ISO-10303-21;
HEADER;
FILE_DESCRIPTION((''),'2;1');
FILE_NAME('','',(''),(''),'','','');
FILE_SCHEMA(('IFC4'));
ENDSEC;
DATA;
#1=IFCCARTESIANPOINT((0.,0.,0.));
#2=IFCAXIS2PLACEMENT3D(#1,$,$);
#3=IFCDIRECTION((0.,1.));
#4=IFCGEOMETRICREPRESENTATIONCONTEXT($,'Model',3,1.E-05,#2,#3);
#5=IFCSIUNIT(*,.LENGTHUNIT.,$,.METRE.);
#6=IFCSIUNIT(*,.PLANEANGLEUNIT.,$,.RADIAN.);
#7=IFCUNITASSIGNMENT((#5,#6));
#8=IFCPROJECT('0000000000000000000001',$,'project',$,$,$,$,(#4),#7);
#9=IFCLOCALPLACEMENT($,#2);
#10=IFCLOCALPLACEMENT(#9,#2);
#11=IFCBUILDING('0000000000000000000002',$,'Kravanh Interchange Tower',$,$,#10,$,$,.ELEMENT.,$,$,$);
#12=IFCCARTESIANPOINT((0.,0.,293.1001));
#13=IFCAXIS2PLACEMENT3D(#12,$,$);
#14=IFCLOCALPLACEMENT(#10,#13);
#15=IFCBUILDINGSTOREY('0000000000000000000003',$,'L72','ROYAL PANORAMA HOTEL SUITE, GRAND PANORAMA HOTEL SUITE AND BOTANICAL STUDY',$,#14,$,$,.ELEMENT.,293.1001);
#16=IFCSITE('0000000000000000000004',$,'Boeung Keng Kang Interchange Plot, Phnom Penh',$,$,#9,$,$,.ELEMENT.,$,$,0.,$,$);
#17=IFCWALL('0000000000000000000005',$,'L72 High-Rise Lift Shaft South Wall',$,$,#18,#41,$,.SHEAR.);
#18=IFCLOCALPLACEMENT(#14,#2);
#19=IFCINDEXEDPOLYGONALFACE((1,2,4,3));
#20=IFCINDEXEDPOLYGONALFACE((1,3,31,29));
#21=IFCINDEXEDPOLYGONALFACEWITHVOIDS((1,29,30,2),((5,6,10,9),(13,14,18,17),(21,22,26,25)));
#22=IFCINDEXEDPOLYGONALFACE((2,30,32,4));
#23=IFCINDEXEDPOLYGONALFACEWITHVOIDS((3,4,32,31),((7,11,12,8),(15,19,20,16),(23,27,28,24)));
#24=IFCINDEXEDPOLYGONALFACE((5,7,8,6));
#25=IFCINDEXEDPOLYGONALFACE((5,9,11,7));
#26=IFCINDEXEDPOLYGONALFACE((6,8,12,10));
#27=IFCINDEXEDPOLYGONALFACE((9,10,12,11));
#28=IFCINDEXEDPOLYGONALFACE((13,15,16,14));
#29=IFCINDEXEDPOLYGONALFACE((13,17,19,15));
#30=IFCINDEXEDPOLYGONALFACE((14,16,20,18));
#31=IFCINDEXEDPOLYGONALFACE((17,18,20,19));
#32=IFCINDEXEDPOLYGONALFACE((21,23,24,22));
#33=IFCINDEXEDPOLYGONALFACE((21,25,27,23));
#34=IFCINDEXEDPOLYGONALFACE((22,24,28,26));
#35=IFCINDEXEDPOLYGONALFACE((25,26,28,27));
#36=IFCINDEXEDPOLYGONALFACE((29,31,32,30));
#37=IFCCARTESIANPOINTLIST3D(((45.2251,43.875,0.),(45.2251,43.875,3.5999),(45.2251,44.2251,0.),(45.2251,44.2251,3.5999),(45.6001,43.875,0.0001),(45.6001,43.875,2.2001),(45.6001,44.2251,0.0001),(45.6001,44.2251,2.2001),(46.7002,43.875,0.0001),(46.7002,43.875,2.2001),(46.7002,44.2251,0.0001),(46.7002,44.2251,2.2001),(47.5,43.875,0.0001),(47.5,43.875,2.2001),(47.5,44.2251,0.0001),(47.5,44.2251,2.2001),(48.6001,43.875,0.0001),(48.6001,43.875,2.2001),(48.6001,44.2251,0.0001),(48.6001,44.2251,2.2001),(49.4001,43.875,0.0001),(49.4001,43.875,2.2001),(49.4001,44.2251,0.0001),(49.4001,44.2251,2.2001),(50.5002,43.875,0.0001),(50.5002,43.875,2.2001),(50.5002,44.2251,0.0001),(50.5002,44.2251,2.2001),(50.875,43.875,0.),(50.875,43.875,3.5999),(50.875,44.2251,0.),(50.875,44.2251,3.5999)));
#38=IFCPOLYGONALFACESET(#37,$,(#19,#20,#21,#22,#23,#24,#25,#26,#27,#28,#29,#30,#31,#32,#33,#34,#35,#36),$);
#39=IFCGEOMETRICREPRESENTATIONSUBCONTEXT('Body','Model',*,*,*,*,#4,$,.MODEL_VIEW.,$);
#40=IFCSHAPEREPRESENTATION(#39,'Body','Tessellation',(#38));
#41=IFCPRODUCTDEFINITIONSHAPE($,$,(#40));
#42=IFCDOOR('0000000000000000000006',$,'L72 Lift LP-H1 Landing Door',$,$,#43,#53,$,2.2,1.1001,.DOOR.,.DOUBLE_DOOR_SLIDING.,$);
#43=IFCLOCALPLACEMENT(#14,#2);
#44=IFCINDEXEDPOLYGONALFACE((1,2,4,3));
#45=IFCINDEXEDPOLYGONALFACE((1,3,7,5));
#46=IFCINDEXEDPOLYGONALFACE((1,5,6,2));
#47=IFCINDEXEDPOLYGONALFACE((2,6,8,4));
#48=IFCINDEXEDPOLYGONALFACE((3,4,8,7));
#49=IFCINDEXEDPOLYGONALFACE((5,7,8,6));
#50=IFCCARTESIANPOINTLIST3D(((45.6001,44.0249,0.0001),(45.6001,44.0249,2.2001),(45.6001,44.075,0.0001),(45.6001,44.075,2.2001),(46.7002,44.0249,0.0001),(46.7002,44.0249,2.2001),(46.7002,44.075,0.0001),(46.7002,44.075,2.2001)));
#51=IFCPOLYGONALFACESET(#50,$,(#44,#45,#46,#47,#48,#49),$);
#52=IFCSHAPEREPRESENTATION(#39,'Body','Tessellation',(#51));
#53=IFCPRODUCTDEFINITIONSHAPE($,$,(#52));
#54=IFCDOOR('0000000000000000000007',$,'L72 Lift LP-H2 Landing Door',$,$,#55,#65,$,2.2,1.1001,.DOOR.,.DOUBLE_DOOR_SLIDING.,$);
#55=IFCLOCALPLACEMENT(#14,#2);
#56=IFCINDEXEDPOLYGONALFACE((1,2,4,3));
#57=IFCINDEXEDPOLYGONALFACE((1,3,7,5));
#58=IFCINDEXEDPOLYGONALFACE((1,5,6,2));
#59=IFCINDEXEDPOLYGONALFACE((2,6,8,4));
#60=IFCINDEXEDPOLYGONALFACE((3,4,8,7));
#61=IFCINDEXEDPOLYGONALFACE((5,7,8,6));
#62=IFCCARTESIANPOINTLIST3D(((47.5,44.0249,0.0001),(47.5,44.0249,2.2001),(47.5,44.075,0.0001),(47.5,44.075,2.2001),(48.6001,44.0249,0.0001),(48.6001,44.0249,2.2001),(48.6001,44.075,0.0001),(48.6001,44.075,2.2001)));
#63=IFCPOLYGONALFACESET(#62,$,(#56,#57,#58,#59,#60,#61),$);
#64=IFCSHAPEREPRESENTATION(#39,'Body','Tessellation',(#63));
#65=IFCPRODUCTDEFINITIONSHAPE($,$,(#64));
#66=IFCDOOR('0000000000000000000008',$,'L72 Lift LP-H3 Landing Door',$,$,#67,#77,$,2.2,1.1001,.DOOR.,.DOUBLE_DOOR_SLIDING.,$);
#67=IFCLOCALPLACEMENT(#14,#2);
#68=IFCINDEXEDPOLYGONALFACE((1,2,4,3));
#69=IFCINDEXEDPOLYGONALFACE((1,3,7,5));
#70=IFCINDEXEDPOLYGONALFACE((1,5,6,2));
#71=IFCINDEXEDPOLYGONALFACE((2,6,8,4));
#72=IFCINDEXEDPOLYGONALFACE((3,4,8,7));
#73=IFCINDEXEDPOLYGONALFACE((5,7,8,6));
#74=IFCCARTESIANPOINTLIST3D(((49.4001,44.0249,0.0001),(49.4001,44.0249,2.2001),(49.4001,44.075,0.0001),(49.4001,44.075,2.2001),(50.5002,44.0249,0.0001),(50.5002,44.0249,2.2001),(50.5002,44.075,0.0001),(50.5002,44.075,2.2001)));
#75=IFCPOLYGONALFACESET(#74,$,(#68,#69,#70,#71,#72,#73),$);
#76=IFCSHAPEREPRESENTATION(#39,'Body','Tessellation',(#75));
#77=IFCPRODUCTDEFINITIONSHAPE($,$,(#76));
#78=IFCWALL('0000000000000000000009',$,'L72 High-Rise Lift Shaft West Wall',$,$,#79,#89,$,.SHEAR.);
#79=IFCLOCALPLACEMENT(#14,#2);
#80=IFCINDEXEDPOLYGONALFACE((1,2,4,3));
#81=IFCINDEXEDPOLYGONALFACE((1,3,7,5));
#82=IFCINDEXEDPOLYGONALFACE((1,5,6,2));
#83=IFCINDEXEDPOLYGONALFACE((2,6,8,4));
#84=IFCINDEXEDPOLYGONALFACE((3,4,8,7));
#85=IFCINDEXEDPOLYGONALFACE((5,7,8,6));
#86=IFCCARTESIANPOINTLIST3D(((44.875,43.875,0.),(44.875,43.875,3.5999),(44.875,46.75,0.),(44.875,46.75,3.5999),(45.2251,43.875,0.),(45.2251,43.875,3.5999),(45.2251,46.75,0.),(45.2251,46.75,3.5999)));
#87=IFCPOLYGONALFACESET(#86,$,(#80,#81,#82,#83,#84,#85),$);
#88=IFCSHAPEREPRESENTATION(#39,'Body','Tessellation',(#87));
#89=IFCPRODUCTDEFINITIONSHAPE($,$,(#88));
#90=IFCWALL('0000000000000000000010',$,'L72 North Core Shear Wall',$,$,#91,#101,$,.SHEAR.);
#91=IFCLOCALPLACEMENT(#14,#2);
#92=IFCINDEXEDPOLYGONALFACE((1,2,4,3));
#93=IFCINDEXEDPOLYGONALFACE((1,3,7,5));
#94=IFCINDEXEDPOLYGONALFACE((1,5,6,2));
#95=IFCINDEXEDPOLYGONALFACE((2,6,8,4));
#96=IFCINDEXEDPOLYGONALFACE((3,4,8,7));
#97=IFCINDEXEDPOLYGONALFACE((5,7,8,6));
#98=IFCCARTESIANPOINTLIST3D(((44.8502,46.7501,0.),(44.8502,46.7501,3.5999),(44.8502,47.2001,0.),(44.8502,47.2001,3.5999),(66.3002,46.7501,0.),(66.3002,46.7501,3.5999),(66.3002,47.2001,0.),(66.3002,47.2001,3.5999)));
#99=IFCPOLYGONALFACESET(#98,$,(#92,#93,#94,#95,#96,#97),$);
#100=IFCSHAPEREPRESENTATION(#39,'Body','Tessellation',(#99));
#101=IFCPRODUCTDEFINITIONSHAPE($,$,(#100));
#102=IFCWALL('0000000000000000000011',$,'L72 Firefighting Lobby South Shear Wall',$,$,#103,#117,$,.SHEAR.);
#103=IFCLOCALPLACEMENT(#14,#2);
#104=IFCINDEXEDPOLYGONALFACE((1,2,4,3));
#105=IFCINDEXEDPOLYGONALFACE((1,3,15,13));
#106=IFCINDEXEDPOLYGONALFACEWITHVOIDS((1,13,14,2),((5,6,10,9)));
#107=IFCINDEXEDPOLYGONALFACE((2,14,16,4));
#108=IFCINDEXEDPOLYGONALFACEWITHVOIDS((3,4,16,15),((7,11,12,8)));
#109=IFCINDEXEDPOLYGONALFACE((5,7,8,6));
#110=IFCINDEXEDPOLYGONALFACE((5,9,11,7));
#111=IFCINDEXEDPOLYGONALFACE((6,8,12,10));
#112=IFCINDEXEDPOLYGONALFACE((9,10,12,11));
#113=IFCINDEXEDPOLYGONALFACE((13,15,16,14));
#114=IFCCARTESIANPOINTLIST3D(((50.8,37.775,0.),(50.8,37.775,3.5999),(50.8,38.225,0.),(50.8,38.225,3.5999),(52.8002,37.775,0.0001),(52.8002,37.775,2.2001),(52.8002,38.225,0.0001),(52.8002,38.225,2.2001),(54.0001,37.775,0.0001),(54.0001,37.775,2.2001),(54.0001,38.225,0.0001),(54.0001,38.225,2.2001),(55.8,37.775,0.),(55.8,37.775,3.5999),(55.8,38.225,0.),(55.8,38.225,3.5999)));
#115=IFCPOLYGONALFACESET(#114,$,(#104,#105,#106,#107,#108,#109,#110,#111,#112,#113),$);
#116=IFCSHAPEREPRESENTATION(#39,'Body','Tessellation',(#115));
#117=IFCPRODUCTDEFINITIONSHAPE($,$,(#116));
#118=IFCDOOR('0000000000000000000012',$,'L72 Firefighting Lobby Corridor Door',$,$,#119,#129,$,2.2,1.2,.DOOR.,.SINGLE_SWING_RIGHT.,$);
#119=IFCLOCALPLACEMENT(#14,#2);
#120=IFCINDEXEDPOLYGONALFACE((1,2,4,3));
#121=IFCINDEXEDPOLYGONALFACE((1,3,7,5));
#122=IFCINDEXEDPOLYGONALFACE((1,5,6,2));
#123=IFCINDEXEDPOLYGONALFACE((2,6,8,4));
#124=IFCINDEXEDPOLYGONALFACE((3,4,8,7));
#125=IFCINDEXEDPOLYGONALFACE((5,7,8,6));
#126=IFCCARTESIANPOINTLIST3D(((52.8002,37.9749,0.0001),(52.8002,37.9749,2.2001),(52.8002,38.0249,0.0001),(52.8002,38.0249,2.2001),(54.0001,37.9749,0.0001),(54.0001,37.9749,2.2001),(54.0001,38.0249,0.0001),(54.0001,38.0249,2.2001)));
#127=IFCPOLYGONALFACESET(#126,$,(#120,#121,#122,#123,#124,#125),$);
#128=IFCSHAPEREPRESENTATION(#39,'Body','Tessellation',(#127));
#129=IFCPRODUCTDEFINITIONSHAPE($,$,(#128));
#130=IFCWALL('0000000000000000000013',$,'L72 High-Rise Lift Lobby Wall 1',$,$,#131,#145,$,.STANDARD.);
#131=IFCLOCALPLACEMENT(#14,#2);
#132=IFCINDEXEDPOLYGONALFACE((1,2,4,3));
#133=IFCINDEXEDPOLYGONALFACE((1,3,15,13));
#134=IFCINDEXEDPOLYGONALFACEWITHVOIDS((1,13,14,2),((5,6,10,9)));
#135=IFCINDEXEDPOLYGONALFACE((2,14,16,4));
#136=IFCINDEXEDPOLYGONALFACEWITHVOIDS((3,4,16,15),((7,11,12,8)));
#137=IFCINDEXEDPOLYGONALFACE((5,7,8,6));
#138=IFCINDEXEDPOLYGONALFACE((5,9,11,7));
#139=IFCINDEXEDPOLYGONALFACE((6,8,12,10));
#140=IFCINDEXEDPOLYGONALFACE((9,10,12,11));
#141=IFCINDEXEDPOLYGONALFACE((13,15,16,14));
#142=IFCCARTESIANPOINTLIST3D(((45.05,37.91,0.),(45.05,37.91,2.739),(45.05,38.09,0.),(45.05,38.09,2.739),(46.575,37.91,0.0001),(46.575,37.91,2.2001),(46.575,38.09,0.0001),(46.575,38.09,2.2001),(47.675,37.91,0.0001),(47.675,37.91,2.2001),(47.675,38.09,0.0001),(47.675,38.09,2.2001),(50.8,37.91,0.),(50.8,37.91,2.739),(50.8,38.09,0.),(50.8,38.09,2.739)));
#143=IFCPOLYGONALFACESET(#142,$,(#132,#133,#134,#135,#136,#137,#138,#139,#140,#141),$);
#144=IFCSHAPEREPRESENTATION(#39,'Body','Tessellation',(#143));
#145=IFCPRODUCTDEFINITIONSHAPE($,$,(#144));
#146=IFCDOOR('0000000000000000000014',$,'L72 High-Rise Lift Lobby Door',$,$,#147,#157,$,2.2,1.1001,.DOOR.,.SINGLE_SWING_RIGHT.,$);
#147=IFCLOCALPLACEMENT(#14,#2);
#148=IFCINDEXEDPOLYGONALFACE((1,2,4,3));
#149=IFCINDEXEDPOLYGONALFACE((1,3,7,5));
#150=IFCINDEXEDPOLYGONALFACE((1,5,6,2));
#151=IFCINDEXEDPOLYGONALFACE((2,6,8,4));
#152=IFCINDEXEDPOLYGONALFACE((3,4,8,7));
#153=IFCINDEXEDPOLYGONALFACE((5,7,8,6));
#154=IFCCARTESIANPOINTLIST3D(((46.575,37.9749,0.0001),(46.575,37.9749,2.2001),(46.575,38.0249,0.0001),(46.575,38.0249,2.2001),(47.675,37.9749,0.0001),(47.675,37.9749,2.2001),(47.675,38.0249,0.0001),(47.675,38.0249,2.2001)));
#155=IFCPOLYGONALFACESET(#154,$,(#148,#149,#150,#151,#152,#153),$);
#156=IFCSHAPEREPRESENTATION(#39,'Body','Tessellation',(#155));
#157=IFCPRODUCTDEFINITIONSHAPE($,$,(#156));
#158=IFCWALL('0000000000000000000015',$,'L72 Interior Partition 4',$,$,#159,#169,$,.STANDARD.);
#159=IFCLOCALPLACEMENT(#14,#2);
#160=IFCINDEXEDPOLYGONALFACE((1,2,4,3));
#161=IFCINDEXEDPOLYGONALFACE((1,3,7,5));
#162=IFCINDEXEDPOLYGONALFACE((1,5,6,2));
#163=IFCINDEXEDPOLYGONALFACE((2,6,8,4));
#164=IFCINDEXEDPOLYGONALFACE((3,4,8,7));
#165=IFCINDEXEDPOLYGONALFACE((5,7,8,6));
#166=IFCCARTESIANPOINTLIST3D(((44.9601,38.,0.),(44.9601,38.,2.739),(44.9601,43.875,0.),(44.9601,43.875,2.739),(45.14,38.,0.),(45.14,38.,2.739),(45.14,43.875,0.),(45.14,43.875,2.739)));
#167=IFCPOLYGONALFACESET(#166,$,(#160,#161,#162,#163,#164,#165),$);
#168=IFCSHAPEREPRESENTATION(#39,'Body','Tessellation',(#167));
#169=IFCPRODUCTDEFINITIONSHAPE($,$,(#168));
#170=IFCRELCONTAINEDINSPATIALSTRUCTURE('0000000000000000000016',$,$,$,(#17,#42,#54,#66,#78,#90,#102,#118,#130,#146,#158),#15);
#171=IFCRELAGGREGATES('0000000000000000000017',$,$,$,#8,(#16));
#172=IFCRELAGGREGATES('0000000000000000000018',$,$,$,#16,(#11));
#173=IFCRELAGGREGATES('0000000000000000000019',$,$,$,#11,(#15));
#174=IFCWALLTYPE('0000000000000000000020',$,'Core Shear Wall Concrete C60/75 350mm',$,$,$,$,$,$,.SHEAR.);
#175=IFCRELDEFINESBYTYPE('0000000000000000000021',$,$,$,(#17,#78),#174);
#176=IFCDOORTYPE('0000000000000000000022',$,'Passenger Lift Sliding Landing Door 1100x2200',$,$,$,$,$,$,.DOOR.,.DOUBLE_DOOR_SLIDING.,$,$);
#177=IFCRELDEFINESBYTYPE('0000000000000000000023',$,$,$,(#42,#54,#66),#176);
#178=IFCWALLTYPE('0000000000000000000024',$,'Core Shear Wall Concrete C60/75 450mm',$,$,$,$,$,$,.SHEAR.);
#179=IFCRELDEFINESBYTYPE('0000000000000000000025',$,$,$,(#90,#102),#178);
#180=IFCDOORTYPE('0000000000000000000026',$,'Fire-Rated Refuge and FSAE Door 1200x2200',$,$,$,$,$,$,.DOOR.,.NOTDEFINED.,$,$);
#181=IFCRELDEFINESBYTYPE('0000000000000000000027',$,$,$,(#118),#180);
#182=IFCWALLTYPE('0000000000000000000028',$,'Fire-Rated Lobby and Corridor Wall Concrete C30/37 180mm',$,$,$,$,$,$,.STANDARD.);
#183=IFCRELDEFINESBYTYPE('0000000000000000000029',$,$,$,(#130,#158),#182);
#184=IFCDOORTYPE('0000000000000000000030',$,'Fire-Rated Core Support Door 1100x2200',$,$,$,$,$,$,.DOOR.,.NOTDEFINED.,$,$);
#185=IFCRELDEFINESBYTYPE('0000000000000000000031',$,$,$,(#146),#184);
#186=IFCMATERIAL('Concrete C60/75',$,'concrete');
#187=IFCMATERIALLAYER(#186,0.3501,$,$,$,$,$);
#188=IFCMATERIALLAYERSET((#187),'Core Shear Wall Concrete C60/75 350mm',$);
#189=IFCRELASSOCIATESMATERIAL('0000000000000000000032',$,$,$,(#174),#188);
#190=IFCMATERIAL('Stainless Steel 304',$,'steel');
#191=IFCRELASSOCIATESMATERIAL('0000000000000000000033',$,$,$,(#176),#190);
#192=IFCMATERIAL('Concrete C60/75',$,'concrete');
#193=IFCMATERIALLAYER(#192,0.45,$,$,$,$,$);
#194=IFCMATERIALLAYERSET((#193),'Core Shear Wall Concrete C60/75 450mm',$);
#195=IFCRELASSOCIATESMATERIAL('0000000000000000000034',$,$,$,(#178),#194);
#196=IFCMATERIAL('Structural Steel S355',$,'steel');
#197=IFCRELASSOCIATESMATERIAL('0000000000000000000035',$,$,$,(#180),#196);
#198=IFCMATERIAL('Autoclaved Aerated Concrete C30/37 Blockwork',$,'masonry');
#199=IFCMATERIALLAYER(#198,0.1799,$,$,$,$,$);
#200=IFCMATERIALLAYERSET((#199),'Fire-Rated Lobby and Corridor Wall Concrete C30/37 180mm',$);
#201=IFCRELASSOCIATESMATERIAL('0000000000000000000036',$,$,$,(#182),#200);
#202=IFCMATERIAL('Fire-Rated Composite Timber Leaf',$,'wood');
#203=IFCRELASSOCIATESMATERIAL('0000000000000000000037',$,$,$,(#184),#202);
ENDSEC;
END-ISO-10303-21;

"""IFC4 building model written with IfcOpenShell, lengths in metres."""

from ifc_helpers import new_model, si_unit, direction, frame, frame_2d, origin, place, context, subcontext, project, spatial, rectangle, extrude, material, layer, layer_set, type_object, element, fill, save


model = new_model("IFC4")

# Units and contexts
model_context = context("Model", 3, precision=1e-05, world=origin(), true_north=direction((0.0, 1.0)))
body_context = subcontext(model_context, "Body", "Model", "MODEL_VIEW")
ifc_project = project(units=[si_unit("LENGTHUNIT", "METRE"), si_unit("PLANEANGLEUNIT", "RADIAN")], contexts=[model_context])

# Site, building, storey
site_placement = place(None, origin())
site = spatial("IfcSite", under=ifc_project, at=site_placement, Name="Boeung Keng Kang Interchange Plot, Phnom Penh", CompositionType="ELEMENT", RefElevation=0.0)
building_placement = place(site_placement, origin())
building = spatial("IfcBuilding", under=site, at=building_placement, Name="Kravanh Interchange Tower", CompositionType="ELEMENT")
storey_placement = place(building_placement, frame((0.0, 0.0, 293.1001)))
storey = spatial("IfcBuildingStorey", under=building, at=storey_placement, Name="L72", Description="ROYAL PANORAMA HOTEL SUITE, GRAND PANORAMA HOTEL SUITE AND BOTANICAL STUDY", CompositionType="ELEMENT", Elevation=293.1001)

# Wall, openings, doors
ifc_material_1 = material(Name="Concrete C60/75", Category="concrete")
ifc_layer_1 = layer(ifc_material_1, 0.3501)
ifc_layer_set_1 = layer_set([ifc_layer_1], Name="Core Shear Wall Concrete C60/75 350mm")
wall_type_1 = type_object("IfcWallType", Name="Core Shear Wall Concrete C60/75 350mm", PredefinedType="SHEAR", material=ifc_layer_set_1)
wall_1_placement = place(storey_placement, frame((45.2251, 44.05, 0.0), z_axis=(0.0, 0.0, 1.0), x_axis=(1.0, 0.0, 0.0)))
wall_1 = element("IfcWall", 1, at=wall_1_placement, inside=storey, type_object=wall_type_1, Name="L72 High-Rise Lift Shaft South Wall", PredefinedType="SHEAR", context=body_context, shape_type="SweptSolid", body=[
    extrude(rectangle(XDim=5.6499, YDim=0.3501, at=frame_2d((2.825, 0.0))), origin(), (0.0, 0.0, 1.0), 3.5999),
])
opening_1_placement = place(wall_1_placement, frame((0.375, 0.0, 0.0)))
opening_1 = element("IfcOpeningElement", 2, at=opening_1_placement, cuts=wall_1, PredefinedType="OPENING", context=body_context, shape_type="SweptSolid", body=[
    extrude(rectangle(XDim=1.1001, YDim=2.2, at=frame_2d((0.55, 1.1001))), frame((0.0, 0.1851, 0.0), z_axis=(0.0, -1.0, 0.0), x_axis=(1.0, 0.0, 0.0)), (0.0, 0.0, 1.0), 0.3701),
])
opening_2_placement = place(wall_1_placement, frame((2.2749, 0.0, 0.0)))
opening_2 = element("IfcOpeningElement", 3, at=opening_2_placement, cuts=wall_1, PredefinedType="OPENING", context=body_context, shape_type="SweptSolid", body=[
    extrude(rectangle(XDim=1.1001, YDim=2.2, at=frame_2d((0.55, 1.1001))), frame((0.0, 0.1851, 0.0), z_axis=(0.0, -1.0, 0.0), x_axis=(1.0, 0.0, 0.0)), (0.0, 0.0, 1.0), 0.3701),
])
opening_3_placement = place(wall_1_placement, frame((4.175, 0.0, 0.0)))
opening_3 = element("IfcOpeningElement", 4, at=opening_3_placement, cuts=wall_1, PredefinedType="OPENING", context=body_context, shape_type="SweptSolid", body=[
    extrude(rectangle(XDim=1.1001, YDim=2.2, at=frame_2d((0.55, 1.1001))), frame((0.0, 0.1851, 0.0), z_axis=(0.0, -1.0, 0.0), x_axis=(1.0, 0.0, 0.0)), (0.0, 0.0, 1.0), 0.3701),
])
ifc_material_2 = material(Name="Stainless Steel 304", Category="steel")
door_type_1 = type_object("IfcDoorType", Name="Passenger Lift Sliding Landing Door 1100x2200", OperationType="DOUBLE_DOOR_SLIDING", PredefinedType="DOOR", material=ifc_material_2)
door_1_placement = place(opening_1_placement, origin())
door_1 = element("IfcDoor", 5, at=door_1_placement, inside=storey, type_object=door_type_1, Name="L72 Lift LP-H1 Landing Door", OperationType="DOUBLE_DOOR_SLIDING", OverallHeight=2.2, OverallWidth=1.1001, PredefinedType="DOOR", context=body_context, shape_type="SweptSolid", body=[
    extrude(rectangle(XDim=1.1001, YDim=2.2, at=frame_2d((0.55, 1.1001))), frame((0.0, 0.0249, 0.0), z_axis=(0.0, -1.0, 0.0), x_axis=(1.0, 0.0, 0.0)), (0.0, 0.0, 1.0), 0.05),
])
fill(opening_1, door_1)
door_2_placement = place(opening_2_placement, origin())
door_2 = element("IfcDoor", 6, at=door_2_placement, inside=storey, type_object=door_type_1, Name="L72 Lift LP-H2 Landing Door", OperationType="DOUBLE_DOOR_SLIDING", OverallHeight=2.2, OverallWidth=1.1001, PredefinedType="DOOR", context=body_context, shape_type="SweptSolid", body=[
    extrude(rectangle(XDim=1.1001, YDim=2.2, at=frame_2d((0.55, 1.1001))), frame((0.0, 0.0249, 0.0), z_axis=(0.0, -1.0, 0.0), x_axis=(1.0, 0.0, 0.0)), (0.0, 0.0, 1.0), 0.05),
])
fill(opening_2, door_2)
door_3_placement = place(opening_3_placement, origin())
door_3 = element("IfcDoor", 7, at=door_3_placement, inside=storey, type_object=door_type_1, Name="L72 Lift LP-H3 Landing Door", OperationType="DOUBLE_DOOR_SLIDING", OverallHeight=2.2, OverallWidth=1.1001, PredefinedType="DOOR", context=body_context, shape_type="SweptSolid", body=[
    extrude(rectangle(XDim=1.1001, YDim=2.2, at=frame_2d((0.55, 1.1001))), frame((0.0, 0.0249, 0.0), z_axis=(0.0, -1.0, 0.0), x_axis=(1.0, 0.0, 0.0)), (0.0, 0.0, 1.0), 0.05),
])
fill(opening_3, door_3)

# Walls
wall_2_placement = place(storey_placement, frame((45.05, 43.875, 0.0), z_axis=(0.0, 0.0, 1.0), x_axis=(0.0, 1.0, 0.0)))
element("IfcWall", 8, at=wall_2_placement, inside=storey, type_object=wall_type_1, Name="L72 High-Rise Lift Shaft West Wall", PredefinedType="SHEAR", context=body_context, shape_type="SweptSolid", body=[
    extrude(rectangle(XDim=2.875, YDim=0.3501, at=frame_2d((1.4375, 0.0))), origin(), (0.0, 0.0, 1.0), 3.5999),
])
ifc_material_3 = material(Name="Concrete C60/75", Category="concrete")
ifc_layer_2 = layer(ifc_material_3, 0.45)
ifc_layer_set_2 = layer_set([ifc_layer_2], Name="Core Shear Wall Concrete C60/75 450mm")
wall_type_2 = type_object("IfcWallType", Name="Core Shear Wall Concrete C60/75 450mm", PredefinedType="SHEAR", material=ifc_layer_set_2)
wall_3_placement = place(storey_placement, frame((44.8501, 46.9751, 0.0), z_axis=(0.0, 0.0, 1.0), x_axis=(1.0, 0.0, 0.0)))
element("IfcWall", 9, at=wall_3_placement, inside=storey, type_object=wall_type_2, Name="L72 North Core Shear Wall", PredefinedType="SHEAR", context=body_context, shape_type="SweptSolid", body=[
    extrude(rectangle(XDim=21.45, YDim=0.45, at=frame_2d((10.7251, 0.0))), origin(), (0.0, 0.0, 1.0), 3.5999),
])

# Walls, openings, doors
wall_4_placement = place(storey_placement, frame((50.8, 38.0, 0.0), z_axis=(0.0, 0.0, 1.0), x_axis=(1.0, 0.0, 0.0)))
wall_4 = element("IfcWall", 10, at=wall_4_placement, inside=storey, type_object=wall_type_2, Name="L72 Firefighting Lobby South Shear Wall", PredefinedType="SHEAR", context=body_context, shape_type="SweptSolid", body=[
    extrude(rectangle(XDim=5.0, YDim=0.45, at=frame_2d((2.5, 0.0))), origin(), (0.0, 0.0, 1.0), 3.5999),
])
opening_4_placement = place(wall_4_placement, frame((2.0, 0.0, 0.0)))
opening_4 = element("IfcOpeningElement", 11, at=opening_4_placement, cuts=wall_4, PredefinedType="OPENING", context=body_context, shape_type="SweptSolid", body=[
    extrude(rectangle(XDim=1.2, YDim=2.2, at=frame_2d((0.6001, 1.1001))), frame((0.0, 0.2349, 0.0), z_axis=(0.0, -1.0, 0.0), x_axis=(1.0, 0.0, 0.0)), (0.0, 0.0, 1.0), 0.47),
])
ifc_material_4 = material(Name="Structural Steel S355", Category="steel")
door_type_2 = type_object("IfcDoorType", Name="Fire-Rated Refuge and FSAE Door 1200x2200", OperationType="NOTDEFINED", PredefinedType="DOOR", material=ifc_material_4)
door_4_placement = place(opening_4_placement, origin())
door_4 = element("IfcDoor", 12, at=door_4_placement, inside=storey, type_object=door_type_2, Name="L72 Firefighting Lobby Corridor Door", OperationType="SINGLE_SWING_RIGHT", OverallHeight=2.2, OverallWidth=1.2, PredefinedType="DOOR", context=body_context, shape_type="SweptSolid", body=[
    extrude(rectangle(XDim=1.2, YDim=2.2, at=frame_2d((0.6001, 1.1001))), frame((0.0, 0.0249, 0.0), z_axis=(0.0, -1.0, 0.0), x_axis=(1.0, 0.0, 0.0)), (0.0, 0.0, 1.0), 0.05),
])
fill(opening_4, door_4)
ifc_material_5 = material(Name="Autoclaved Aerated Concrete C30/37 Blockwork", Category="masonry")
ifc_layer_3 = layer(ifc_material_5, 0.1799)
ifc_layer_set_3 = layer_set([ifc_layer_3], Name="Fire-Rated Lobby and Corridor Wall Concrete C30/37 180mm")
wall_type_3 = type_object("IfcWallType", Name="Fire-Rated Lobby and Corridor Wall Concrete C30/37 180mm", PredefinedType="STANDARD", material=ifc_layer_set_3)
wall_5_placement = place(storey_placement, frame((45.05, 38.0, 0.0), z_axis=(0.0, 0.0, 1.0), x_axis=(1.0, 0.0, 0.0)))
wall_5 = element("IfcWall", 13, at=wall_5_placement, inside=storey, type_object=wall_type_3, Name="L72 High-Rise Lift Lobby Wall 1", PredefinedType="STANDARD", context=body_context, shape_type="SweptSolid", body=[
    extrude(rectangle(XDim=5.75, YDim=0.1799, at=frame_2d((2.875, 0.0))), origin(), (0.0, 0.0, 1.0), 2.739),
])
opening_5_placement = place(wall_5_placement, frame((1.5249, 0.0, 0.0)))
opening_5 = element("IfcOpeningElement", 14, at=opening_5_placement, cuts=wall_5, PredefinedType="OPENING", context=body_context, shape_type="SweptSolid", body=[
    extrude(rectangle(XDim=1.1001, YDim=2.2, at=frame_2d((0.55, 1.1001))), frame((0.0, 0.1001, 0.0), z_axis=(0.0, -1.0, 0.0), x_axis=(1.0, 0.0, 0.0)), (0.0, 0.0, 1.0), 0.2),
])
ifc_material_6 = material(Name="Fire-Rated Composite Timber Leaf", Category="wood")
door_type_3 = type_object("IfcDoorType", Name="Fire-Rated Core Support Door 1100x2200", OperationType="NOTDEFINED", PredefinedType="DOOR", material=ifc_material_6)
door_5_placement = place(opening_5_placement, origin())
door_5 = element("IfcDoor", 15, at=door_5_placement, inside=storey, type_object=door_type_3, Name="L72 High-Rise Lift Lobby Door", OperationType="SINGLE_SWING_RIGHT", OverallHeight=2.2, OverallWidth=1.1001, PredefinedType="DOOR", context=body_context, shape_type="SweptSolid", body=[
    extrude(rectangle(XDim=1.1001, YDim=2.2, at=frame_2d((0.55, 1.1001))), frame((0.0, 0.0249, 0.0), z_axis=(0.0, -1.0, 0.0), x_axis=(1.0, 0.0, 0.0)), (0.0, 0.0, 1.0), 0.05),
])
fill(opening_5, door_5)

# Wall
wall_6_placement = place(storey_placement, frame((45.05, 38.0, 0.0), z_axis=(0.0, 0.0, 1.0), x_axis=(0.0, 1.0, 0.0)))
element("IfcWall", 16, at=wall_6_placement, inside=storey, type_object=wall_type_3, Name="L72 Interior Partition 4", PredefinedType="STANDARD", context=body_context, shape_type="SweptSolid", body=[
    extrude(rectangle(XDim=5.875, YDim=0.1799, at=frame_2d((2.9375, 0.0))), origin(), (0.0, 0.0, 1.0), 2.739),
])

save(model, "model.ifc")
